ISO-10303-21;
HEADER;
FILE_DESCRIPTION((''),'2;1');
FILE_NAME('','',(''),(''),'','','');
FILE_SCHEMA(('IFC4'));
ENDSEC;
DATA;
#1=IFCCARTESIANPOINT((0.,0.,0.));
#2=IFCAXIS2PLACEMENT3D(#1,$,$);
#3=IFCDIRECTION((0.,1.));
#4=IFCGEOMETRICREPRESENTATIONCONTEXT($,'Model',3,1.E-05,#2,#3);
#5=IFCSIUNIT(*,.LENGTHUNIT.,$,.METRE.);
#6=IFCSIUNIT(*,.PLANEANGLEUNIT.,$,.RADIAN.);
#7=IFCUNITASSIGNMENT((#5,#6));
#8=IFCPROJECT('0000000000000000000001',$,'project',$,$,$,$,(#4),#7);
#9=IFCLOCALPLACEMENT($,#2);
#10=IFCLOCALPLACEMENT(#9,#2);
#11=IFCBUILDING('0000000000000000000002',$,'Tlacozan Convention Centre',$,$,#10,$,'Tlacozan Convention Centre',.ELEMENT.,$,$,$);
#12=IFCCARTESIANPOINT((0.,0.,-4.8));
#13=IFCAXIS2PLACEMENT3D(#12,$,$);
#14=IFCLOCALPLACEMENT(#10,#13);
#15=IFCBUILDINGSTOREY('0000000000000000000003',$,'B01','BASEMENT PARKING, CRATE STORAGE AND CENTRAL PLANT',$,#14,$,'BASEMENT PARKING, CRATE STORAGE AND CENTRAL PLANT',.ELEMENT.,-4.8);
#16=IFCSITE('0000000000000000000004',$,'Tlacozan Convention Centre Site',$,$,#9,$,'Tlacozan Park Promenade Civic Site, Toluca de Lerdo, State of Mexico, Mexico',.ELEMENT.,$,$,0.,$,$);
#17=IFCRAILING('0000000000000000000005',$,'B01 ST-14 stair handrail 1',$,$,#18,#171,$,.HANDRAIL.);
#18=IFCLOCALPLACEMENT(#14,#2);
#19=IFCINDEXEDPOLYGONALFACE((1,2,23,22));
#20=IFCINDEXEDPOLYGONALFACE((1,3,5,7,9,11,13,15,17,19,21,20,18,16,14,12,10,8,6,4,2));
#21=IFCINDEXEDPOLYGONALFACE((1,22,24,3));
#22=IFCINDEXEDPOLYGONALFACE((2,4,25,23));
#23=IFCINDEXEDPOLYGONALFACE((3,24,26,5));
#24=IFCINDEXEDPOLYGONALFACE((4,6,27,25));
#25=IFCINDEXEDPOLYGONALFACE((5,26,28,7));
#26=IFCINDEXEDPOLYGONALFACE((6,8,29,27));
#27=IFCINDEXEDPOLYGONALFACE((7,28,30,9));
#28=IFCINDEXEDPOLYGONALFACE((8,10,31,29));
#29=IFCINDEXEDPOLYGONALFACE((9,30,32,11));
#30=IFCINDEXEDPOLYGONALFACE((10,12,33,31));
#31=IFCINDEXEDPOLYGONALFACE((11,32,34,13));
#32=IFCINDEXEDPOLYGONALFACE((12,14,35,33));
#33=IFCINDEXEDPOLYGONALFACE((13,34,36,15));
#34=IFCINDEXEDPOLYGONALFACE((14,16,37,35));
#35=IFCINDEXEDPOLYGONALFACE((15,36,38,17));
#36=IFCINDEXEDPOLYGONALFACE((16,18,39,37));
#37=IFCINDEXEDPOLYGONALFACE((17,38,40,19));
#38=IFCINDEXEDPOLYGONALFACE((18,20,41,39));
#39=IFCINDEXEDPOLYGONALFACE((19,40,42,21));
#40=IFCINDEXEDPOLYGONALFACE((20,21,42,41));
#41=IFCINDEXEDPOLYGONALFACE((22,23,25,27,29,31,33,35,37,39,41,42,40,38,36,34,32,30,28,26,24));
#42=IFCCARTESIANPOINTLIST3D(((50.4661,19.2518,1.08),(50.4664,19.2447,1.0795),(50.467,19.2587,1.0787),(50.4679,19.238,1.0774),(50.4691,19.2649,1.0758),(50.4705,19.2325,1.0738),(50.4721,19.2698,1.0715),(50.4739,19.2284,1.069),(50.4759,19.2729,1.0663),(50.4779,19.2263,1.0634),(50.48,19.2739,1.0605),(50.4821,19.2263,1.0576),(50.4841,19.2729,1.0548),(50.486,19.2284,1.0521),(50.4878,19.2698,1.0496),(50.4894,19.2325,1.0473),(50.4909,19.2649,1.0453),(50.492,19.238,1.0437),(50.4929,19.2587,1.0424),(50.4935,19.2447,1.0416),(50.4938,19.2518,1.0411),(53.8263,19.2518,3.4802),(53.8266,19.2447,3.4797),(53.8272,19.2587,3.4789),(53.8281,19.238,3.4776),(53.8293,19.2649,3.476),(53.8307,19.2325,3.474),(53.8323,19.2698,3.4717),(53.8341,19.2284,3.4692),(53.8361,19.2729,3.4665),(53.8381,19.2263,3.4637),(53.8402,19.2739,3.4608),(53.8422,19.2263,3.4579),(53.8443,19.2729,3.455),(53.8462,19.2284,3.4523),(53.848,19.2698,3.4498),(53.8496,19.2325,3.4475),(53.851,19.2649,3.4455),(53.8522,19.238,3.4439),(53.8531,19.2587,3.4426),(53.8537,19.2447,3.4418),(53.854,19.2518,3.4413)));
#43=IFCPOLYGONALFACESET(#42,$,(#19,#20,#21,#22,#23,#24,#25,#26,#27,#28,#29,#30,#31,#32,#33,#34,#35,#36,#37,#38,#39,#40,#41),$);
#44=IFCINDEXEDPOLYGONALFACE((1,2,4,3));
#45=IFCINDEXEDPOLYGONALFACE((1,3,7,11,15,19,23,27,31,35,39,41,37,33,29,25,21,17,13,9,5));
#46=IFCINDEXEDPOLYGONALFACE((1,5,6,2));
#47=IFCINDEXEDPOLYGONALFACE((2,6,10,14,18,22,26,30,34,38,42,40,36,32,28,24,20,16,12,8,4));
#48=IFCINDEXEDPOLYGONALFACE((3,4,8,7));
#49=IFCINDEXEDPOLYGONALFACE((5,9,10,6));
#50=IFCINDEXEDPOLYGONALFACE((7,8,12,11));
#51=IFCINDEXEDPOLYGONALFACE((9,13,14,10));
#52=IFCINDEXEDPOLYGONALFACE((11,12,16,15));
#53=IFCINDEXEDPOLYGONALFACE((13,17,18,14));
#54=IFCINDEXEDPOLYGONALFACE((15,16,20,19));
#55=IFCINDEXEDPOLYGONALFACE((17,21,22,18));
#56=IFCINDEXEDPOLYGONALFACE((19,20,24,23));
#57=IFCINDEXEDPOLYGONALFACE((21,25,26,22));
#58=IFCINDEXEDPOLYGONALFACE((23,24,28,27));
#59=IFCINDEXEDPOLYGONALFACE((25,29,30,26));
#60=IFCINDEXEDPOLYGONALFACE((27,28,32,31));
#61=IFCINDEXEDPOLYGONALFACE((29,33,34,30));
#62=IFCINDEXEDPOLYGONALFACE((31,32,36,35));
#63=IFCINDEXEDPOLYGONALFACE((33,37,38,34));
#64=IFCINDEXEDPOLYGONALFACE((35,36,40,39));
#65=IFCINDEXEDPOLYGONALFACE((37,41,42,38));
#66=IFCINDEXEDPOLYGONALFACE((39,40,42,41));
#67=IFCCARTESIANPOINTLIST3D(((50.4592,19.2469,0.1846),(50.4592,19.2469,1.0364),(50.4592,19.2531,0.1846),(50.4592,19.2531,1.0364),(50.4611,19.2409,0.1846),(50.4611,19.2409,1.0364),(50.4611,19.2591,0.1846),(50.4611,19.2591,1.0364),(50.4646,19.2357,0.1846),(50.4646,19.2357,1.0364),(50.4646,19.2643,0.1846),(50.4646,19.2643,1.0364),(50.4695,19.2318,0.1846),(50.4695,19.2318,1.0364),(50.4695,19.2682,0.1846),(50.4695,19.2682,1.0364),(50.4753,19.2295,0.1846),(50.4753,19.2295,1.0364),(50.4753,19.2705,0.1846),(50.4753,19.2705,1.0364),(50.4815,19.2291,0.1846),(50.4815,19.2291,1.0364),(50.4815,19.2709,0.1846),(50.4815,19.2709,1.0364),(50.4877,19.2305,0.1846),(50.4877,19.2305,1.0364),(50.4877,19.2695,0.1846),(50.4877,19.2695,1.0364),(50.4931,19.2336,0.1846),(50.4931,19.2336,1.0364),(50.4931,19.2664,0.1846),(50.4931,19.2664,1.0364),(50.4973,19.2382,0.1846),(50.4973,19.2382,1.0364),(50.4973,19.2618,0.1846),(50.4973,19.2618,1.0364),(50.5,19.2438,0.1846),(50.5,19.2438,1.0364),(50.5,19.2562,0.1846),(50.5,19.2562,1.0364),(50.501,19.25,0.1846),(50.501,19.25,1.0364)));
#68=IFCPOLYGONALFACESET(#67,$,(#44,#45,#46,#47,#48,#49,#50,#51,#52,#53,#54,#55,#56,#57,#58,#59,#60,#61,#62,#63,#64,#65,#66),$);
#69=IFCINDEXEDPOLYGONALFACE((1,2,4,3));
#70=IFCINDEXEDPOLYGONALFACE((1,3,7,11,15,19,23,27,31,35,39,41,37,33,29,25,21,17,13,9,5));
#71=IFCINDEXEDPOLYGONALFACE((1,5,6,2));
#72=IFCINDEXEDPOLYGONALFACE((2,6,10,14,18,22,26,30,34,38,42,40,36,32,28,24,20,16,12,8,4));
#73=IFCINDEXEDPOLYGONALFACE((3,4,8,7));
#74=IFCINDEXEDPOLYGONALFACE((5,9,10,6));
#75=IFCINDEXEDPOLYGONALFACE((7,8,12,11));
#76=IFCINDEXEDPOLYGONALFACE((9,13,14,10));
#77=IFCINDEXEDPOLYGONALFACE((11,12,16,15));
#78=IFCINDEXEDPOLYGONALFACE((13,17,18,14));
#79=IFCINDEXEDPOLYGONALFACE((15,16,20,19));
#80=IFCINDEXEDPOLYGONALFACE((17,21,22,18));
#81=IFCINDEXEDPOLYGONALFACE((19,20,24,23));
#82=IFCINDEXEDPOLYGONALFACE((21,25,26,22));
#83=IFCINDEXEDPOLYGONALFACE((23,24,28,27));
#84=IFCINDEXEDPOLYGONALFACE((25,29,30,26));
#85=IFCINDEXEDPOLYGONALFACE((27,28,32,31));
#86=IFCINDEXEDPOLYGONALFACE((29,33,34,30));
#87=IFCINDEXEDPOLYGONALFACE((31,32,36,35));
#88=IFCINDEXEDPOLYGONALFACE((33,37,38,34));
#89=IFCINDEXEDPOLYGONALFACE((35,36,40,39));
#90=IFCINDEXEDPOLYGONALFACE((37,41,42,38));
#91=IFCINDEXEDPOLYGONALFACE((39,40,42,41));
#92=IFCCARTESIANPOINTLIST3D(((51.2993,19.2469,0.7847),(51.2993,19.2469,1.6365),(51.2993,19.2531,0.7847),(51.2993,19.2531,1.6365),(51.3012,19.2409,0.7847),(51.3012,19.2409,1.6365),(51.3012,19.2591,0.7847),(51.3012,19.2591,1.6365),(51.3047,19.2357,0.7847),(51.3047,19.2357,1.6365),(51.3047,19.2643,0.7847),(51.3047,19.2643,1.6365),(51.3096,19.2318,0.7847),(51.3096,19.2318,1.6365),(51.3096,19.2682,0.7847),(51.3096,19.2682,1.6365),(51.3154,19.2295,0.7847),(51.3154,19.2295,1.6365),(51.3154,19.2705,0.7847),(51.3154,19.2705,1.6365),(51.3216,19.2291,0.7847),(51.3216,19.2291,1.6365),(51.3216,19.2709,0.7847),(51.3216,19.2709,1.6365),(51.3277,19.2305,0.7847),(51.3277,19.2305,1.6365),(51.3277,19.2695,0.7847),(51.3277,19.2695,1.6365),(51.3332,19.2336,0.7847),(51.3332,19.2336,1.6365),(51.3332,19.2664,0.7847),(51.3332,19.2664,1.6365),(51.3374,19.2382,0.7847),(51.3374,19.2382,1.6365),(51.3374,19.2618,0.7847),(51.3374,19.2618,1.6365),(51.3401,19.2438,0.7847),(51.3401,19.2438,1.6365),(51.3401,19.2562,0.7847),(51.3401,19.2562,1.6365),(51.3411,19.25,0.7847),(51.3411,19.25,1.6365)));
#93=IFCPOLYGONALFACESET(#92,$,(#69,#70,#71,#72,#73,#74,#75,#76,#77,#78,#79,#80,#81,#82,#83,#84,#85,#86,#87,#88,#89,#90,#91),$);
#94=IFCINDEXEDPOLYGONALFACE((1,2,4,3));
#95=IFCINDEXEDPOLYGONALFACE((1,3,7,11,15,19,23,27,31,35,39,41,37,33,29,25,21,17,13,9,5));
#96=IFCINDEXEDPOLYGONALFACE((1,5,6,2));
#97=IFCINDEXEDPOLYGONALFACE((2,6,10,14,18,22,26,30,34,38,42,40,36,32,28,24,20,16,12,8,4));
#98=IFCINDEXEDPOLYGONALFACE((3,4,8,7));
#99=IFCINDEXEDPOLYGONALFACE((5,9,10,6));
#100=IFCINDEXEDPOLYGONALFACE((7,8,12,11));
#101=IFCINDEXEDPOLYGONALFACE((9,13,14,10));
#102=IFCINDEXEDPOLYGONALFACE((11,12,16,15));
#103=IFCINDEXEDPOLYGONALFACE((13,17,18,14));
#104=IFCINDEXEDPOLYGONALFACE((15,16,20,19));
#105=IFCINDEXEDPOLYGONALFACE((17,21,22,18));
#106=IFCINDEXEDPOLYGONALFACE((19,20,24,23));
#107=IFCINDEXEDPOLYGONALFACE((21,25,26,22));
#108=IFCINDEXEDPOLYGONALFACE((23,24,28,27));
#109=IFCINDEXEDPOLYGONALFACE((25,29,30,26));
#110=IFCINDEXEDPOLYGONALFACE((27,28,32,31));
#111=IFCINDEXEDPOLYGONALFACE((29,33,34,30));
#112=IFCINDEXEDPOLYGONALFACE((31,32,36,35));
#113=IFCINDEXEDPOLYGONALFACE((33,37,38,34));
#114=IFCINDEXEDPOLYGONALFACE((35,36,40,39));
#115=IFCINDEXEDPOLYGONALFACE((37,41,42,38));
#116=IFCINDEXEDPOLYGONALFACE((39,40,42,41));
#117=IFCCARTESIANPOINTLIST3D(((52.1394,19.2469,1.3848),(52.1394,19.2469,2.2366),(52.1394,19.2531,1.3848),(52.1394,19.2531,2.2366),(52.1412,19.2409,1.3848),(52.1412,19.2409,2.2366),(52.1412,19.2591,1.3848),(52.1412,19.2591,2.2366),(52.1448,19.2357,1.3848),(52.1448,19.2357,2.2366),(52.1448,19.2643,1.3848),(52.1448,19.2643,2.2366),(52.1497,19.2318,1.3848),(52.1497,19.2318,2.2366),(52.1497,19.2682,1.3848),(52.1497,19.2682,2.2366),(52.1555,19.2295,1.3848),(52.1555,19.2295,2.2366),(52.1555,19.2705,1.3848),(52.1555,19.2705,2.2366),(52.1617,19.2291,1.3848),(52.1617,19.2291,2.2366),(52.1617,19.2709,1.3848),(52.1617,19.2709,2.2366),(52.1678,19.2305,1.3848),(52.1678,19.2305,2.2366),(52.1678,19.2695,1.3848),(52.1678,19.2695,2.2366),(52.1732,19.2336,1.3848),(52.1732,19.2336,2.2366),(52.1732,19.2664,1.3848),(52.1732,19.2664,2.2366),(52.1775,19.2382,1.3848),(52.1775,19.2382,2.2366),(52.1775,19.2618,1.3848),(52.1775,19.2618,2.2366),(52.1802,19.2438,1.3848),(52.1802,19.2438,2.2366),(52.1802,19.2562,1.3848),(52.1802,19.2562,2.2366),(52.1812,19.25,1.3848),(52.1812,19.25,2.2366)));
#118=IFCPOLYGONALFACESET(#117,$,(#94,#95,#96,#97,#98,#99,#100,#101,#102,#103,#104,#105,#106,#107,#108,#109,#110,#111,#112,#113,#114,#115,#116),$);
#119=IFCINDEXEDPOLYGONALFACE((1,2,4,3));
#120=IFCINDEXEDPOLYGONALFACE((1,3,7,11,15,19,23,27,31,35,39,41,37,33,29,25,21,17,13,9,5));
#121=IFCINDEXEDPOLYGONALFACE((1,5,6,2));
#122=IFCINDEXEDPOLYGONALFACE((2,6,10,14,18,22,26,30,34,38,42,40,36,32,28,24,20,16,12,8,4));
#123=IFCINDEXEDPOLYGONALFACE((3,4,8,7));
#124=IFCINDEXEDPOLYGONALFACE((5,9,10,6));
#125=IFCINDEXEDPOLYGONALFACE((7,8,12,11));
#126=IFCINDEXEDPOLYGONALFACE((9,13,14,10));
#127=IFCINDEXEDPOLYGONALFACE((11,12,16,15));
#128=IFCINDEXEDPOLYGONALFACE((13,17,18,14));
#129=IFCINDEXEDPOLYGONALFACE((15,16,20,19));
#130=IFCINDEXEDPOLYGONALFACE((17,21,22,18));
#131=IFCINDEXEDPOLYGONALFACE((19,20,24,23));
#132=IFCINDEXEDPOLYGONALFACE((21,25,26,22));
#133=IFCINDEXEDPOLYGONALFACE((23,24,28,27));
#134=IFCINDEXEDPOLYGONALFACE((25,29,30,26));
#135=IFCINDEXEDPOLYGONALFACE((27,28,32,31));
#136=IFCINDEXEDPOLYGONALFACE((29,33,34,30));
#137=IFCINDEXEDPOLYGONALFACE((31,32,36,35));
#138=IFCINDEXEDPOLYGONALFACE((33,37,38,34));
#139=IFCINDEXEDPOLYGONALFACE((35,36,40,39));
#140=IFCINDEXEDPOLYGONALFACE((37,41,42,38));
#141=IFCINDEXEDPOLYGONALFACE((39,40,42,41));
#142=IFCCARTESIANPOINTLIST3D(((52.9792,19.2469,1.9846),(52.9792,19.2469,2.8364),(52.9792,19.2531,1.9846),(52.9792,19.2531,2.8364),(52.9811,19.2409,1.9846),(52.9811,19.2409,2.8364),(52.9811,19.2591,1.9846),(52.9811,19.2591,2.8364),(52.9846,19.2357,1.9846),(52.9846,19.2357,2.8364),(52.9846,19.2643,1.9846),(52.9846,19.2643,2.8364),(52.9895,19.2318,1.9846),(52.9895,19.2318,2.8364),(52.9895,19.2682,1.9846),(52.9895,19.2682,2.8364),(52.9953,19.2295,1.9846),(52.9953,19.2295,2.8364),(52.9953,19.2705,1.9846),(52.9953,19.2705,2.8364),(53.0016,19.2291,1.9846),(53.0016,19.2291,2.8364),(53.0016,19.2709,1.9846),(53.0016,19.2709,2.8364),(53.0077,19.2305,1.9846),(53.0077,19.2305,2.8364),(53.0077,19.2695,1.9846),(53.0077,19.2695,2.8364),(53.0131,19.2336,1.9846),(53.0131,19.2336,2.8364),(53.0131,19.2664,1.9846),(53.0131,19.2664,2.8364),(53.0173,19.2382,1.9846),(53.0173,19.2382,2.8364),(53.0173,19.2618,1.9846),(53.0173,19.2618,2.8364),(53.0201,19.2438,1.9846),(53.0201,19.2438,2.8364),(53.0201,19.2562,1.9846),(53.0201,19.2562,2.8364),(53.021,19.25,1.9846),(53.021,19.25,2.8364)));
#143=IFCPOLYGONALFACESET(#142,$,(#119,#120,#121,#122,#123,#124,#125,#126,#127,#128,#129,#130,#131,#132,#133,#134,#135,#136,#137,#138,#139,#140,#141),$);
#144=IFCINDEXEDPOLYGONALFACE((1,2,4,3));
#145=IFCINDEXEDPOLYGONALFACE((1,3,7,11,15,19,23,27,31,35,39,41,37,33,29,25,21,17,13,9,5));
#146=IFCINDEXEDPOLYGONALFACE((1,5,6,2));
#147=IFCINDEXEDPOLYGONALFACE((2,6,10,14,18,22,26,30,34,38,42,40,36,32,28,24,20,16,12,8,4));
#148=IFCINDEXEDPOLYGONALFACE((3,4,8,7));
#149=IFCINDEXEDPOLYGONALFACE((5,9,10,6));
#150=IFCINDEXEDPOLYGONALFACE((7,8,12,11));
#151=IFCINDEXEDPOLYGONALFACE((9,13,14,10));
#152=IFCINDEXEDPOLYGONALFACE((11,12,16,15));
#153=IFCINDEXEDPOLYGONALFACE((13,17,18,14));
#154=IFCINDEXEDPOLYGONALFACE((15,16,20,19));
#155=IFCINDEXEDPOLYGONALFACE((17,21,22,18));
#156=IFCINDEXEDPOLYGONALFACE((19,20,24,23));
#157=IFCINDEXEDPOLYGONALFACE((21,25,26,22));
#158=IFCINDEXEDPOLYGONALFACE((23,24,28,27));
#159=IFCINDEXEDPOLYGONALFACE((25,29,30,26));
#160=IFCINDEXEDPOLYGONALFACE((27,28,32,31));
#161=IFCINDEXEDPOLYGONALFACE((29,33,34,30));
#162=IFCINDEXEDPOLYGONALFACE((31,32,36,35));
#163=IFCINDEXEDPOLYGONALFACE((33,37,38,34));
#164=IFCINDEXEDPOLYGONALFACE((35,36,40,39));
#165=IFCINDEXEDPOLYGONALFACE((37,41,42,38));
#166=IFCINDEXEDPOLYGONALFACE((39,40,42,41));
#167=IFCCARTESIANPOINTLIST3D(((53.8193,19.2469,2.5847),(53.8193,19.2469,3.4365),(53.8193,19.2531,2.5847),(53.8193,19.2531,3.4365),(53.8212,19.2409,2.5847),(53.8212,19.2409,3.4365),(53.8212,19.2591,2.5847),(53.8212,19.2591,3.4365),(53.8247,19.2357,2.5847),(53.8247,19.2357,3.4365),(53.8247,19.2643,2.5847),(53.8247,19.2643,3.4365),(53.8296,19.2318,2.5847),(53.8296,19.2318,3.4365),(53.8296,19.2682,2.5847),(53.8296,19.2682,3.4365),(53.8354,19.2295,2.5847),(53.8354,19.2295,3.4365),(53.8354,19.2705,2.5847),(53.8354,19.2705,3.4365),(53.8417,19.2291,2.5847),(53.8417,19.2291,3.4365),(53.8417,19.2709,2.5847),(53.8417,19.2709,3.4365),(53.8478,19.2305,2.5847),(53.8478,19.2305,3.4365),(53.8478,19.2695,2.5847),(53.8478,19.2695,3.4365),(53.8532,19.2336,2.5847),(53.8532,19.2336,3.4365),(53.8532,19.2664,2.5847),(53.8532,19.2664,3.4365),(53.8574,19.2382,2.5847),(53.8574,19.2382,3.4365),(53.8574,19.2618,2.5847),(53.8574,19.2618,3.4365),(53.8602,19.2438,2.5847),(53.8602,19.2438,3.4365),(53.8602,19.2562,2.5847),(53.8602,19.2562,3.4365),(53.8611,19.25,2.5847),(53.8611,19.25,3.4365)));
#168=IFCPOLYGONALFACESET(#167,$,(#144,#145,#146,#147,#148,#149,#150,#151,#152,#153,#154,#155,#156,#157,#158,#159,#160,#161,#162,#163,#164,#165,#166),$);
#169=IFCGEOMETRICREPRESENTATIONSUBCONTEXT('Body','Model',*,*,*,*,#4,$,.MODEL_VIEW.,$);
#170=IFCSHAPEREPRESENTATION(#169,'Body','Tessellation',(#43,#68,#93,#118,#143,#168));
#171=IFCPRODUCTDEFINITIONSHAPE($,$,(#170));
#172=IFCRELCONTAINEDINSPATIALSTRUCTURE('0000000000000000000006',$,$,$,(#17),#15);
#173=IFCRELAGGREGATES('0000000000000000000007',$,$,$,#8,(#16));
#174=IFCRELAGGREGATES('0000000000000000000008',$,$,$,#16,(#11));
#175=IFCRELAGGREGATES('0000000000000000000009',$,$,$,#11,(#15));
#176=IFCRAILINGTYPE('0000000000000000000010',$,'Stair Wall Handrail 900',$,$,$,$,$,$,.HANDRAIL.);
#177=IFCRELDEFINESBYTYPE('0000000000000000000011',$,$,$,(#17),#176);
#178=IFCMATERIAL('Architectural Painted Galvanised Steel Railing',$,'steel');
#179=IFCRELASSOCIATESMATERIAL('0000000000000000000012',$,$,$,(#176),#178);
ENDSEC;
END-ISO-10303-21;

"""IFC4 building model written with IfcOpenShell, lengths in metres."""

from ifc_helpers import new_model, si_unit, direction, frame, origin, origin_2d, place, context, subcontext, project, spatial, circle, extrude, material, type_object, element, save


model = new_model("IFC4")

# Units and contexts
model_context = context("Model", 3, precision=1e-05, world=origin(), true_north=direction((0.0, 1.0)))
body_context = subcontext(model_context, "Body", "Model", "MODEL_VIEW")
ifc_project = project(units=[si_unit("LENGTHUNIT", "METRE"), si_unit("PLANEANGLEUNIT", "RADIAN")], contexts=[model_context])

# Site, building, storey
site_placement = place(None, origin())
site = spatial("IfcSite", under=ifc_project, at=site_placement, Name="Tlacozan Convention Centre Site", LongName="Tlacozan Park Promenade Civic Site, Toluca de Lerdo, State of Mexico, Mexico", CompositionType="ELEMENT", RefElevation=0.0)
building_placement = place(site_placement, origin())
building = spatial("IfcBuilding", under=site, at=building_placement, Name="Tlacozan Convention Centre", LongName="Tlacozan Convention Centre", CompositionType="ELEMENT")
storey_placement = place(building_placement, frame((0.0, 0.0, -4.8)))
storey = spatial("IfcBuildingStorey", under=building, at=storey_placement, Name="B01", Description="BASEMENT PARKING, CRATE STORAGE AND CENTRAL PLANT", LongName="BASEMENT PARKING, CRATE STORAGE AND CENTRAL PLANT", CompositionType="ELEMENT", Elevation=-4.8)

# Railing
ifc_material_1 = material(Name="Architectural Painted Galvanised Steel Railing", Category="steel")
railing_type_1 = type_object("IfcRailingType", Name="Stair Wall Handrail 900", PredefinedType="HANDRAIL", material=ifc_material_1)
railing_1_placement = place(storey_placement, frame((50.48, 19.25, 0.1846)))
element("IfcRailing", 1, at=railing_1_placement, inside=storey, type_object=railing_type_1, Name="B01 ST-14 stair handrail 1", PredefinedType="HANDRAIL", context=body_context, shape_type="SweptSolid", body=[
    extrude(circle(Radius=0.0239, at=origin_2d()), frame((0.0, 0.0, 0.876), z_axis=(0.813725, 0.0, 0.581249), x_axis=(0.0, 1.0, 0.0)), (0.0, 0.0, 1.0), 4.1294),
    extrude(circle(Radius=0.021, at=origin_2d()), origin(), (0.0, 0.0, 1.0), 0.8518),
    extrude(circle(Radius=0.021, at=origin_2d()), frame((0.8401, 0.0, 0.6001)), (0.0, 0.0, 1.0), 0.8518),
    extrude(circle(Radius=0.021, at=origin_2d()), frame((1.6802, 0.0, 1.2002)), (0.0, 0.0, 1.0), 0.8518),
    extrude(circle(Radius=0.021, at=origin_2d()), frame((2.52, 0.0, 1.8)), (0.0, 0.0, 1.0), 0.8518),
    extrude(circle(Radius=0.021, at=origin_2d()), frame((3.3601, 0.0, 2.4001)), (0.0, 0.0, 1.0), 0.8518),
])

save(model, "model.ifc")
